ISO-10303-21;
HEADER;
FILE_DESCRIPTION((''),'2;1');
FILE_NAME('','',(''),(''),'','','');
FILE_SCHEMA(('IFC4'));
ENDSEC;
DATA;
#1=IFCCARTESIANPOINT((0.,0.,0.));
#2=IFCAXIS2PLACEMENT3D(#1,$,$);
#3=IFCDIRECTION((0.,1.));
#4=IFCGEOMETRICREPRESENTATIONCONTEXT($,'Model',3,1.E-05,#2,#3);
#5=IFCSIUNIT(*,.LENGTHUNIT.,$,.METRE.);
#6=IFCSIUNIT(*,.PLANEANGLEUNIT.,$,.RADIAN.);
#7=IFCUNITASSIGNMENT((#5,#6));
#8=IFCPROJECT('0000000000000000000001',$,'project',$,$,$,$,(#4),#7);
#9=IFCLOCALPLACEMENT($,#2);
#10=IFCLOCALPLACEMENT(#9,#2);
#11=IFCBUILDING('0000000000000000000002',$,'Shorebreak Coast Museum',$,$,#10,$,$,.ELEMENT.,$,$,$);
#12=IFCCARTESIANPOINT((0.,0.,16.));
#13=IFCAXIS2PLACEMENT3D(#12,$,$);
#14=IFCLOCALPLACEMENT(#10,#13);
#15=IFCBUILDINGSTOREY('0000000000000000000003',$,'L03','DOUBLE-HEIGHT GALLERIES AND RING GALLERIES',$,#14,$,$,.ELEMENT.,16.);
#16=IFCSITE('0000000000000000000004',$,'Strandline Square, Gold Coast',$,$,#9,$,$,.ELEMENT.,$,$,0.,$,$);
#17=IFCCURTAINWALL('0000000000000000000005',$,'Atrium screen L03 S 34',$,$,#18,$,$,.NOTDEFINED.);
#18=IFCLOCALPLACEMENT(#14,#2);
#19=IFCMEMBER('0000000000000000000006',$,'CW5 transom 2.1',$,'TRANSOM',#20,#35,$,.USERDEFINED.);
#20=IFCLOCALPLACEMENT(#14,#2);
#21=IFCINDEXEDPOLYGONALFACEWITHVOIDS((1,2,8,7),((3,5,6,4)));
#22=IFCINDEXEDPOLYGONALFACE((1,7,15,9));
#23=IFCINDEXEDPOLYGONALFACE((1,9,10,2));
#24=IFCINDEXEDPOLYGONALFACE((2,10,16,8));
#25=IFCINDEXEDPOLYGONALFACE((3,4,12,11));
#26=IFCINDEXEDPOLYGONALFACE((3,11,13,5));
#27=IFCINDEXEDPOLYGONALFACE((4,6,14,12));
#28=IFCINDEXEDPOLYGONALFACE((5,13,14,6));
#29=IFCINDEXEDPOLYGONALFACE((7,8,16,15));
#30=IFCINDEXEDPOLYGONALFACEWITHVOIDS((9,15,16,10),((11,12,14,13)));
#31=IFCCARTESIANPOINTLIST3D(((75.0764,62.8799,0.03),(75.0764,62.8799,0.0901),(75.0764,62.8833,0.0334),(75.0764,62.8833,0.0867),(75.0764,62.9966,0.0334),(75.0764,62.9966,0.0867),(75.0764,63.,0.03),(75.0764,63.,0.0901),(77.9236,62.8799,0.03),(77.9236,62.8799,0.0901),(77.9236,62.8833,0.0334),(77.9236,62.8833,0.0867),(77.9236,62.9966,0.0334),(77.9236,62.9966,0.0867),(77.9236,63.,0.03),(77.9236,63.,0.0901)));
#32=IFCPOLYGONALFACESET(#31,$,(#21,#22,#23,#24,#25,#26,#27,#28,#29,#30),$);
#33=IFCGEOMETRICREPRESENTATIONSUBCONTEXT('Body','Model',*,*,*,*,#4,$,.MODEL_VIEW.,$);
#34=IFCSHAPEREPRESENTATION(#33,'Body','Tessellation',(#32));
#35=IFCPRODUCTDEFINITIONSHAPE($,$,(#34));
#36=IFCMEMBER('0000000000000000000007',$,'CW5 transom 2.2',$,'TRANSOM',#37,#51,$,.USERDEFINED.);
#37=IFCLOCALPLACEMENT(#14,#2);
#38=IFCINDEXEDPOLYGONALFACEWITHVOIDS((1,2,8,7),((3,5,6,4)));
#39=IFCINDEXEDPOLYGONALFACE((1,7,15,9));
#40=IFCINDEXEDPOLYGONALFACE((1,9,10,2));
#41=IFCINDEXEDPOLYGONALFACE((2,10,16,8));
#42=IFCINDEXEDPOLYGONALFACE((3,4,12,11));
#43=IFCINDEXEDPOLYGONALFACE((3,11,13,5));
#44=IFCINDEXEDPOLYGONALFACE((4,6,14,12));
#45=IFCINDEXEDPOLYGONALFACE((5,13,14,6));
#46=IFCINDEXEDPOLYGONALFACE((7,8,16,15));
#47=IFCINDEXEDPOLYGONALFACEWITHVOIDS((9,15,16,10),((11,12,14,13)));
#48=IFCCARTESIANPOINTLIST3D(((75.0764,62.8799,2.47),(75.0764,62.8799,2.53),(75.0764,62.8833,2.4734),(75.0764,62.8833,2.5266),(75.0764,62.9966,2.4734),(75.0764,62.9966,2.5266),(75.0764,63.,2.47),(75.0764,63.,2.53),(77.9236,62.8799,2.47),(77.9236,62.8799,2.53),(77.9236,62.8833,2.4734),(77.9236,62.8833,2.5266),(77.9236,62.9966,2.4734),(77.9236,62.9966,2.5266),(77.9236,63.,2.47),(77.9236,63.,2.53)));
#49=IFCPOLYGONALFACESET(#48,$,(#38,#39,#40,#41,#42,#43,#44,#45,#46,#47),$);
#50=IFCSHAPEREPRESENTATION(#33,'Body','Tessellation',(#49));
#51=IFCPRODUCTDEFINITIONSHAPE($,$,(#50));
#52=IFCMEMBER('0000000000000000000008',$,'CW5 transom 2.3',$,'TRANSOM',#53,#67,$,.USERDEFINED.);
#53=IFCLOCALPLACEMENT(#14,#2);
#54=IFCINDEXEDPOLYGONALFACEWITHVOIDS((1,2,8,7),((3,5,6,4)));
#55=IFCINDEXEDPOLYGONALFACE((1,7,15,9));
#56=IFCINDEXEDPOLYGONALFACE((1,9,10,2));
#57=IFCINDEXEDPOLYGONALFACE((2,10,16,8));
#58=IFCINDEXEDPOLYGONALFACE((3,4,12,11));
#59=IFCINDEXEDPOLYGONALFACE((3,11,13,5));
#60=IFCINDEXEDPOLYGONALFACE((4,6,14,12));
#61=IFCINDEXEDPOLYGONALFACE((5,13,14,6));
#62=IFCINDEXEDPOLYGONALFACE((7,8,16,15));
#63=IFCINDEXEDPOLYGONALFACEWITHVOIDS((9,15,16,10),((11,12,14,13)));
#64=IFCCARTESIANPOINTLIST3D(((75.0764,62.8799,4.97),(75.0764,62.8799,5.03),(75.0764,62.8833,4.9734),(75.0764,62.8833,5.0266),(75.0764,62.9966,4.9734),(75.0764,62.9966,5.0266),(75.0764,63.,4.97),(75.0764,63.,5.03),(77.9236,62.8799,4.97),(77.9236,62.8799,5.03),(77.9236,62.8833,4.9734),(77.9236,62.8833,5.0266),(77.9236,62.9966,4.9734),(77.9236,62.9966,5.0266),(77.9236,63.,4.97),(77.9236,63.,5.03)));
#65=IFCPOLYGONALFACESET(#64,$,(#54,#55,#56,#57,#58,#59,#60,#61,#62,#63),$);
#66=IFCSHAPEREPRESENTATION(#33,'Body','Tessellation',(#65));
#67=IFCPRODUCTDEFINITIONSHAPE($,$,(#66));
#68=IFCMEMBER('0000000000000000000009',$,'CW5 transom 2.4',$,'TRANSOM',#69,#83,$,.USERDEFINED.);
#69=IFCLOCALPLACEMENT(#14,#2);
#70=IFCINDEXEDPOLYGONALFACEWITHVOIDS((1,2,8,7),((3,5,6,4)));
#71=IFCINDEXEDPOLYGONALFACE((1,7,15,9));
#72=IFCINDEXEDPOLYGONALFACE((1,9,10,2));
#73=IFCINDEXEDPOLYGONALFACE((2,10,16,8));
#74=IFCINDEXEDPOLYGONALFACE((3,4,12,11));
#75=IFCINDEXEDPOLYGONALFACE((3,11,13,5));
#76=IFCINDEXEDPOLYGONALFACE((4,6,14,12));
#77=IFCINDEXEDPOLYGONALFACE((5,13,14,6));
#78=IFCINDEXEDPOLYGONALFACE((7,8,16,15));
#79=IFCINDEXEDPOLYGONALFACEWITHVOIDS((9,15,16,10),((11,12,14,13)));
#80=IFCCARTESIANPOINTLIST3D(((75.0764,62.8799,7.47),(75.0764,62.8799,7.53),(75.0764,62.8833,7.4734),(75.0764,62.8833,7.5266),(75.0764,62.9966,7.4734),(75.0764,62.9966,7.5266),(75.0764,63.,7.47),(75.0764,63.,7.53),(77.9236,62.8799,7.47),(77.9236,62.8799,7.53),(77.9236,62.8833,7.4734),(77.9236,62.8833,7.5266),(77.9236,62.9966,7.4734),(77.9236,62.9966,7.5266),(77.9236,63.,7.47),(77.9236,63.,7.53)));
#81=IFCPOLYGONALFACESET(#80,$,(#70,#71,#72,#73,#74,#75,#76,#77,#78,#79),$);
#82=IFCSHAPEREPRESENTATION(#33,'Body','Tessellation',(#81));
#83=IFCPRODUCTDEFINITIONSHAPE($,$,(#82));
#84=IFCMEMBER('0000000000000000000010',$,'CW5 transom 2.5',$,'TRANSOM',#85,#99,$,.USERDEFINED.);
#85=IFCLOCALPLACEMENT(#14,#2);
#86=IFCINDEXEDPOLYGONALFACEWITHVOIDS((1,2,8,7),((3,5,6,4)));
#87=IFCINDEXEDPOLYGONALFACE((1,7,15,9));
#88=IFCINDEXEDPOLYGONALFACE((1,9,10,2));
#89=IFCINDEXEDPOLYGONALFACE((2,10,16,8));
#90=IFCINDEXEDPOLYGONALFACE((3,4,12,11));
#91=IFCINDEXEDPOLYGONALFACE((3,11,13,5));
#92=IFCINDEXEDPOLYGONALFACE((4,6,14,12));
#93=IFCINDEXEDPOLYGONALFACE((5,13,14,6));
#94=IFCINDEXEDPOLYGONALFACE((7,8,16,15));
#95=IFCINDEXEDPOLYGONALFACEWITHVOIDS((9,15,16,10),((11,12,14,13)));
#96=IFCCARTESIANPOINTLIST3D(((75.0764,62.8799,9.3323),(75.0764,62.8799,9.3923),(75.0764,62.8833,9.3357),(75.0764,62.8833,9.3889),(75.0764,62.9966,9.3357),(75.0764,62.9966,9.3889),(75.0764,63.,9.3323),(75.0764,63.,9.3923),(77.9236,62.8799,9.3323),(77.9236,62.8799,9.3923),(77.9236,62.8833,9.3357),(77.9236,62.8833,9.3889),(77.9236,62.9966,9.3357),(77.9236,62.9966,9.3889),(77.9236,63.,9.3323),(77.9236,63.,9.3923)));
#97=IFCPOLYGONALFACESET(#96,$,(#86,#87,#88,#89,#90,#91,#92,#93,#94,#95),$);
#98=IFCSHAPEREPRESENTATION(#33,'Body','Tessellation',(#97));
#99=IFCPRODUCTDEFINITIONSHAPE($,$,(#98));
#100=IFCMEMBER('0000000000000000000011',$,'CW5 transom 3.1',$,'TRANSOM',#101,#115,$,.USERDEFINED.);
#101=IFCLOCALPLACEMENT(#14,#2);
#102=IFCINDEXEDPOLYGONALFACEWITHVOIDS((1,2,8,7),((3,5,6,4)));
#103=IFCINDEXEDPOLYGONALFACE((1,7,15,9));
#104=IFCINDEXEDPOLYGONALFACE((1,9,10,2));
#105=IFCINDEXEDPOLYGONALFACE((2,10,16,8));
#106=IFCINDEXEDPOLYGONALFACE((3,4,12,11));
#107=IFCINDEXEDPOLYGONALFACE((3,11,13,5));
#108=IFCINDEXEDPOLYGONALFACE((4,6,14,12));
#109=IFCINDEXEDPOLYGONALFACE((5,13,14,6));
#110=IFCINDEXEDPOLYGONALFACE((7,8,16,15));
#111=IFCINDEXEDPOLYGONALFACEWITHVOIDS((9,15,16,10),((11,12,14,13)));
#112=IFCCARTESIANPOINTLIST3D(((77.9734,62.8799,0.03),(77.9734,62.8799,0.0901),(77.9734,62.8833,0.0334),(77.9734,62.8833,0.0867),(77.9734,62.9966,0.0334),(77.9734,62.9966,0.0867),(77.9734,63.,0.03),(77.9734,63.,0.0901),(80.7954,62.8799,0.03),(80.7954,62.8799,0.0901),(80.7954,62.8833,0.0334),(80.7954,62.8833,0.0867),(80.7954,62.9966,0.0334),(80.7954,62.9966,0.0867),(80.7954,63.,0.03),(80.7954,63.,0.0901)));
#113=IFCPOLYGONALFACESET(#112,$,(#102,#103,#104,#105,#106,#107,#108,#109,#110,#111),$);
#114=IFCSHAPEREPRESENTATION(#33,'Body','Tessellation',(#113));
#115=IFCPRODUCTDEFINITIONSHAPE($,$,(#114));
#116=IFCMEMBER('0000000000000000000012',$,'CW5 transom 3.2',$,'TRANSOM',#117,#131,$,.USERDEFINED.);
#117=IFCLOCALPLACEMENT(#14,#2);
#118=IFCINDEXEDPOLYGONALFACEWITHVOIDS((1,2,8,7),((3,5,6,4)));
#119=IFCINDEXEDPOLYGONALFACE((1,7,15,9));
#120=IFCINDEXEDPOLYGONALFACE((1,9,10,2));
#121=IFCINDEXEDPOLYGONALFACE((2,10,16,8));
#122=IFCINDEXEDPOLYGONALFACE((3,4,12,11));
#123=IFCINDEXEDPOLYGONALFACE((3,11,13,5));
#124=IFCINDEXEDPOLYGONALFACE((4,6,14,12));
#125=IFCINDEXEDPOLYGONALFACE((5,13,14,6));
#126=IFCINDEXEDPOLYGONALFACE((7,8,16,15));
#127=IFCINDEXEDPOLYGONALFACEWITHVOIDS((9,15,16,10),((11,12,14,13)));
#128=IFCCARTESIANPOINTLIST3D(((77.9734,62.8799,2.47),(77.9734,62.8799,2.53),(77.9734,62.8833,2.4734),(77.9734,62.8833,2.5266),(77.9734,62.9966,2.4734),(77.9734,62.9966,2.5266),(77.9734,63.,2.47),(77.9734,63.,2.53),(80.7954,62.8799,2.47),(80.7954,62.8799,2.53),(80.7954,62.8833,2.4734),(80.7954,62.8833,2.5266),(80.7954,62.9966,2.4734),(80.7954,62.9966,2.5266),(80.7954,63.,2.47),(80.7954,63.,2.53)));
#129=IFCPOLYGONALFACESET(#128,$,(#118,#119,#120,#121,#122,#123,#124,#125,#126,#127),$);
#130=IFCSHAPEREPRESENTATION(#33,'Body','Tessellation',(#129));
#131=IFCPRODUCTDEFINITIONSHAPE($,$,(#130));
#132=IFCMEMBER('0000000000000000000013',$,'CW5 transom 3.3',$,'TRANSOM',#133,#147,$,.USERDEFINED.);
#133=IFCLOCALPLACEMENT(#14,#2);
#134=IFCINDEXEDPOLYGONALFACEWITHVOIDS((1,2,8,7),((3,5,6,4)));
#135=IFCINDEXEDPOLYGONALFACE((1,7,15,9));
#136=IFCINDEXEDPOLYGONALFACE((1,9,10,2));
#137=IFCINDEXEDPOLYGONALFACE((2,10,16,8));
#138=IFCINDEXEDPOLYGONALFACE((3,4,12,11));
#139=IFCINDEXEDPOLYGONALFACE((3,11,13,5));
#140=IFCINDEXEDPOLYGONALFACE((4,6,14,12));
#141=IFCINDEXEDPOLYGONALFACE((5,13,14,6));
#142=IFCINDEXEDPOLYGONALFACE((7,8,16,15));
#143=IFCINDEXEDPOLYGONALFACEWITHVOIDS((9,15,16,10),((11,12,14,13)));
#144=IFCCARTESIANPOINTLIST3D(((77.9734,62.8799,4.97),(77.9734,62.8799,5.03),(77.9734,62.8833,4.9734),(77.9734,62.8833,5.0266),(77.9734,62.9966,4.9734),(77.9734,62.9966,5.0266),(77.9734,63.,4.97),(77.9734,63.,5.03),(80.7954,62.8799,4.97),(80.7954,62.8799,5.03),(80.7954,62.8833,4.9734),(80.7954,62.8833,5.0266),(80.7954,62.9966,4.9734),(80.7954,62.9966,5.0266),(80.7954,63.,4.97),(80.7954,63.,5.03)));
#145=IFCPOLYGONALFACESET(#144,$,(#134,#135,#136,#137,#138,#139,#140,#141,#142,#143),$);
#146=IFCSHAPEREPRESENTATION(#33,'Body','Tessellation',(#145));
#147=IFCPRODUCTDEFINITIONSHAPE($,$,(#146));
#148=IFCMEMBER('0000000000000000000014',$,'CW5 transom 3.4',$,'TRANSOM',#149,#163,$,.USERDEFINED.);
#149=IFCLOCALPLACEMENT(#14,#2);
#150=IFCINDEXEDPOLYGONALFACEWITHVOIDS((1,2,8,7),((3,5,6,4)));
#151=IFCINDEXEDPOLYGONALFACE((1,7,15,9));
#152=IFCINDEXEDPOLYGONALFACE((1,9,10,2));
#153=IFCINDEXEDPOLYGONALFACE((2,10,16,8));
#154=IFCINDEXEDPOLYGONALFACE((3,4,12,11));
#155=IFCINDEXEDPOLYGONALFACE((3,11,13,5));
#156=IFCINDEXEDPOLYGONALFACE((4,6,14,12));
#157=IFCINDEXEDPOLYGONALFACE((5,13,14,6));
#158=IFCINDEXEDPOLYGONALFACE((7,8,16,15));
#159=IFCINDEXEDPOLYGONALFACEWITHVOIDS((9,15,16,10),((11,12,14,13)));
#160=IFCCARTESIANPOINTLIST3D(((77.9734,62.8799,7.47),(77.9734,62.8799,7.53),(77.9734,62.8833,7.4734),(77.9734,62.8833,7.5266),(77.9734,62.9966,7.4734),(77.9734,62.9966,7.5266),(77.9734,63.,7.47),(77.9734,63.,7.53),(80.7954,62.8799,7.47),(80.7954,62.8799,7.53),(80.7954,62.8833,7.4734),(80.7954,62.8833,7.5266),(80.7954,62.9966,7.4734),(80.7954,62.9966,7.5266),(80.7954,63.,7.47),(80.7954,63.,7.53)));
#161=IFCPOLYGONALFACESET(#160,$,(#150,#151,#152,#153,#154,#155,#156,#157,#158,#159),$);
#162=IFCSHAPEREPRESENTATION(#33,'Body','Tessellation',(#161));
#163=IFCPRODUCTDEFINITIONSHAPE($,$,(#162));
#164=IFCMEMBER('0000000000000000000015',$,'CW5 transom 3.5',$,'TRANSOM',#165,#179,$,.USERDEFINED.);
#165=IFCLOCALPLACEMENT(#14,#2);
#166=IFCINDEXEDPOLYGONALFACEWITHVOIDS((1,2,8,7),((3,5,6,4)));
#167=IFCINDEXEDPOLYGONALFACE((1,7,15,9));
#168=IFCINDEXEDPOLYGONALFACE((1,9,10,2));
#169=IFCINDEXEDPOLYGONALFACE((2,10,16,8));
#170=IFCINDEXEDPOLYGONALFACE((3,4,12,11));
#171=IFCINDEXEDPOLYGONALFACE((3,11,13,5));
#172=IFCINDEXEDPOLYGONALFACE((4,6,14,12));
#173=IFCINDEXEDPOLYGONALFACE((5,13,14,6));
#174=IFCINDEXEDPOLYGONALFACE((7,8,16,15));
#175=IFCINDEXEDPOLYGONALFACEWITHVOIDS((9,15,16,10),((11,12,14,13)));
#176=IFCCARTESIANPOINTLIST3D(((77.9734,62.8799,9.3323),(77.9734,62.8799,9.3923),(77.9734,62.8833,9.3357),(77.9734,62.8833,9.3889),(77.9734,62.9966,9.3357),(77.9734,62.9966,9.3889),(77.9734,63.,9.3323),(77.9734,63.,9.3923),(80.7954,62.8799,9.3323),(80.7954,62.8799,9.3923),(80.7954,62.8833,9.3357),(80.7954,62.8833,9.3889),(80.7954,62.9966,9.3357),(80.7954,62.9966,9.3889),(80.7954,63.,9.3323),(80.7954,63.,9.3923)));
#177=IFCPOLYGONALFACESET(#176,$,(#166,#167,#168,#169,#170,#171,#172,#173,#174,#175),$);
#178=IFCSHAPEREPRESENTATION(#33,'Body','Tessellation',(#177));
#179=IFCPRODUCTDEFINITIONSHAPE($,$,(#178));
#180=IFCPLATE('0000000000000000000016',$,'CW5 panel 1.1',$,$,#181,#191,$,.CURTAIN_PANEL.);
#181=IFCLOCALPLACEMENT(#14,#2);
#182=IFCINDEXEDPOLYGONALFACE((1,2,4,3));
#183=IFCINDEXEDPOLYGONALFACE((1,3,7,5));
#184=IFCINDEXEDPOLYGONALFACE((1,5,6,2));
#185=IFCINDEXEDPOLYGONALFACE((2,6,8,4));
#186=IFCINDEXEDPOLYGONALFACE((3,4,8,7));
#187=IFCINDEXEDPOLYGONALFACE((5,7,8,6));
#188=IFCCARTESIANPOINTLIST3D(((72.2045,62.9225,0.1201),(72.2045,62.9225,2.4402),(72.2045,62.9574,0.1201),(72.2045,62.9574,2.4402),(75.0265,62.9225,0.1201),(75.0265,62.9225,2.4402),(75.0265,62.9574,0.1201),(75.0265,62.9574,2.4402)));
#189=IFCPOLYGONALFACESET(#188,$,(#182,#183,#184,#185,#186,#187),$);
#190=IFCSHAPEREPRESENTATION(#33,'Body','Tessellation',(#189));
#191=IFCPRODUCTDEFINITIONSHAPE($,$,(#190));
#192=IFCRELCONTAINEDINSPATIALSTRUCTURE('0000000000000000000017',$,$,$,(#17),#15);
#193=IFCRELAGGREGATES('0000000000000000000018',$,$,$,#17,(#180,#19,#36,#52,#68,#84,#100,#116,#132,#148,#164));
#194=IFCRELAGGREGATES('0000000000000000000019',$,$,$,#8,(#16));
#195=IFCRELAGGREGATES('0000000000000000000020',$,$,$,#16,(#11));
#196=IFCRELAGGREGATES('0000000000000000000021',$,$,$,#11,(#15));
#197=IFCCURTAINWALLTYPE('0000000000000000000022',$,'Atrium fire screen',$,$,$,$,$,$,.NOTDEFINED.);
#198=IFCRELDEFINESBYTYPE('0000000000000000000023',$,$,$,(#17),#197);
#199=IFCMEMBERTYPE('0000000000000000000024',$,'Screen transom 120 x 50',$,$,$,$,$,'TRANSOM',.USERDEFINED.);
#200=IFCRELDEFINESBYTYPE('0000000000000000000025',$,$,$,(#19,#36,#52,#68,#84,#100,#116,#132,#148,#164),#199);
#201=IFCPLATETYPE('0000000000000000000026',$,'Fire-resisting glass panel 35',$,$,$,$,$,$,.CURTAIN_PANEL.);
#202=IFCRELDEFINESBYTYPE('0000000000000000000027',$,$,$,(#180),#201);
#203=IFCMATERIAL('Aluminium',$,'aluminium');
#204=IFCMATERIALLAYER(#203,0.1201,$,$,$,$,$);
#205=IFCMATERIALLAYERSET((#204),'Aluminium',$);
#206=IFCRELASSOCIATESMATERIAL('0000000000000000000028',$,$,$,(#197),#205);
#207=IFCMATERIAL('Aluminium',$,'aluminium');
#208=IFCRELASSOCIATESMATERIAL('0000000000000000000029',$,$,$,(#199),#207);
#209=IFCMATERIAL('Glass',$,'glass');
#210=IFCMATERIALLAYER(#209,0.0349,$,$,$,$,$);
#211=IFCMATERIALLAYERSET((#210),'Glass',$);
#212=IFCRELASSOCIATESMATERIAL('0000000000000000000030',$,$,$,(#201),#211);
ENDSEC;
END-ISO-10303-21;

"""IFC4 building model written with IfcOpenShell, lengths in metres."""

from ifc_helpers import new_model, si_unit, direction, frame, origin, origin_2d, place, context, subcontext, project, spatial, rectangle, hollow_rectangle, extrude, material, layer, layer_set, material_profile, profile_set, type_object, element, aggregate, save


model = new_model("IFC4")

# Units and contexts
model_context = context("Model", 3, precision=1e-05, world=origin(), true_north=direction((0.0, 1.0)))
body_context = subcontext(model_context, "Body", "Model", "MODEL_VIEW")
ifc_project = project(units=[si_unit("LENGTHUNIT", "METRE"), si_unit("PLANEANGLEUNIT", "RADIAN")], contexts=[model_context])

# Site, building, storey
site_placement = place(None, origin())
site = spatial("IfcSite", under=ifc_project, at=site_placement, Name="Strandline Square, Gold Coast", CompositionType="ELEMENT", RefElevation=0.0)
building_placement = place(site_placement, origin())
building = spatial("IfcBuilding", under=site, at=building_placement, Name="Shorebreak Coast Museum", CompositionType="ELEMENT")
storey_placement = place(building_placement, frame((0.0, 0.0, 16.0)))
storey = spatial("IfcBuildingStorey", under=building, at=storey_placement, Name="L03", Description="DOUBLE-HEIGHT GALLERIES AND RING GALLERIES", CompositionType="ELEMENT", Elevation=16.0)

# Curtain wall, members, plate
ifc_material_1 = material(Name="Aluminium", Category="aluminium")
ifc_layer_1 = layer(ifc_material_1, 0.1201)
ifc_layer_set_1 = layer_set([ifc_layer_1], Name="Aluminium")
curtain_wall_type = type_object("IfcCurtainWallType", Name="Atrium fire screen", PredefinedType="NOTDEFINED", material=ifc_layer_set_1)
curtain_wall_placement = place(storey_placement, origin())
curtain_wall = element("IfcCurtainWall", 1, at=curtain_wall_placement, inside=storey, type_object=curtain_wall_type, Name="Atrium screen L03 S 34", PredefinedType="NOTDEFINED")
ifc_material_2 = material(Name="Aluminium", Category="aluminium")
ifc_material_profile_1 = material_profile(ifc_material_2, hollow_rectangle(XDim=0.1201, YDim=0.0601, WallThickness=0.0034, at=origin_2d()), Name="AL 60x120 RHS")
ifc_profile_set_1 = profile_set([ifc_material_profile_1], Name="Aluminium")
member_type_1 = type_object("IfcMemberType", Name="Screen transom 120 x 50", ElementType="TRANSOM", PredefinedType="USERDEFINED", material=ifc_profile_set_1)
member_1_placement = place(storey_placement, frame((75.0764, 62.9399, 0.0601), z_axis=(1.0, 0.0, 0.0), x_axis=(0.0, 1.0, 0.0)))
member_1 = element("IfcMember", 2, at=member_1_placement, type_object=member_type_1, Name="CW5 transom 2.1", ObjectType="TRANSOM", PredefinedType="USERDEFINED", context=body_context, shape_type="SweptSolid", body=[
    extrude(hollow_rectangle(XDim=0.1201, YDim=0.0601, WallThickness=0.0034, at=origin_2d()), origin(), (0.0, 0.0, 1.0), 2.8472),
])
member_2_placement = place(storey_placement, frame((75.0764, 62.9399, 2.5), z_axis=(1.0, 0.0, 0.0), x_axis=(0.0, 1.0, 0.0)))
member_2 = element("IfcMember", 3, at=member_2_placement, type_object=member_type_1, Name="CW5 transom 2.2", ObjectType="TRANSOM", PredefinedType="USERDEFINED", context=body_context, shape_type="SweptSolid", body=[
    extrude(hollow_rectangle(XDim=0.1201, YDim=0.0601, WallThickness=0.0034, at=origin_2d()), origin(), (0.0, 0.0, 1.0), 2.8472),
])
member_3_placement = place(storey_placement, frame((75.0764, 62.9399, 5.0), z_axis=(1.0, 0.0, 0.0), x_axis=(0.0, 1.0, 0.0)))
member_3 = element("IfcMember", 4, at=member_3_placement, type_object=member_type_1, Name="CW5 transom 2.3", ObjectType="TRANSOM", PredefinedType="USERDEFINED", context=body_context, shape_type="SweptSolid", body=[
    extrude(hollow_rectangle(XDim=0.1201, YDim=0.0601, WallThickness=0.0034, at=origin_2d()), origin(), (0.0, 0.0, 1.0), 2.8472),
])
member_4_placement = place(storey_placement, frame((75.0764, 62.9399, 7.5), z_axis=(1.0, 0.0, 0.0), x_axis=(0.0, 1.0, 0.0)))
member_4 = element("IfcMember", 5, at=member_4_placement, type_object=member_type_1, Name="CW5 transom 2.4", ObjectType="TRANSOM", PredefinedType="USERDEFINED", context=body_context, shape_type="SweptSolid", body=[
    extrude(hollow_rectangle(XDim=0.1201, YDim=0.0601, WallThickness=0.0034, at=origin_2d()), origin(), (0.0, 0.0, 1.0), 2.8472),
])
member_5_placement = place(storey_placement, frame((75.0764, 62.9399, 9.3623), z_axis=(1.0, 0.0, 0.0), x_axis=(0.0, 1.0, 0.0)))
member_5 = element("IfcMember", 6, at=member_5_placement, type_object=member_type_1, Name="CW5 transom 2.5", ObjectType="TRANSOM", PredefinedType="USERDEFINED", context=body_context, shape_type="SweptSolid", body=[
    extrude(hollow_rectangle(XDim=0.1201, YDim=0.0601, WallThickness=0.0034, at=origin_2d()), origin(), (0.0, 0.0, 1.0), 2.8472),
])
member_6_placement = place(storey_placement, frame((77.9734, 62.9399, 0.0601), z_axis=(1.0, 0.0, 0.0), x_axis=(0.0, 1.0, 0.0)))
member_6 = element("IfcMember", 7, at=member_6_placement, type_object=member_type_1, Name="CW5 transom 3.1", ObjectType="TRANSOM", PredefinedType="USERDEFINED", context=body_context, shape_type="SweptSolid", body=[
    extrude(hollow_rectangle(XDim=0.1201, YDim=0.0601, WallThickness=0.0034, at=origin_2d()), origin(), (0.0, 0.0, 1.0), 2.822),
])
member_7_placement = place(storey_placement, frame((77.9734, 62.9399, 2.5), z_axis=(1.0, 0.0, 0.0), x_axis=(0.0, 1.0, 0.0)))
member_7 = element("IfcMember", 8, at=member_7_placement, type_object=member_type_1, Name="CW5 transom 3.2", ObjectType="TRANSOM", PredefinedType="USERDEFINED", context=body_context, shape_type="SweptSolid", body=[
    extrude(hollow_rectangle(XDim=0.1201, YDim=0.0601, WallThickness=0.0034, at=origin_2d()), origin(), (0.0, 0.0, 1.0), 2.822),
])
member_8_placement = place(storey_placement, frame((77.9734, 62.9399, 5.0), z_axis=(1.0, 0.0, 0.0), x_axis=(0.0, 1.0, 0.0)))
member_8 = element("IfcMember", 9, at=member_8_placement, type_object=member_type_1, Name="CW5 transom 3.3", ObjectType="TRANSOM", PredefinedType="USERDEFINED", context=body_context, shape_type="SweptSolid", body=[
    extrude(hollow_rectangle(XDim=0.1201, YDim=0.0601, WallThickness=0.0034, at=origin_2d()), origin(), (0.0, 0.0, 1.0), 2.822),
])
member_9_placement = place(storey_placement, frame((77.9734, 62.9399, 7.5), z_axis=(1.0, 0.0, 0.0), x_axis=(0.0, 1.0, 0.0)))
member_9 = element("IfcMember", 10, at=member_9_placement, type_object=member_type_1, Name="CW5 transom 3.4", ObjectType="TRANSOM", PredefinedType="USERDEFINED", context=body_context, shape_type="SweptSolid", body=[
    extrude(hollow_rectangle(XDim=0.1201, YDim=0.0601, WallThickness=0.0034, at=origin_2d()), origin(), (0.0, 0.0, 1.0), 2.822),
])
member_10_placement = place(storey_placement, frame((77.9734, 62.9399, 9.3623), z_axis=(1.0, 0.0, 0.0), x_axis=(0.0, 1.0, 0.0)))
member_10 = element("IfcMember", 11, at=member_10_placement, type_object=member_type_1, Name="CW5 transom 3.5", ObjectType="TRANSOM", PredefinedType="USERDEFINED", context=body_context, shape_type="SweptSolid", body=[
    extrude(hollow_rectangle(XDim=0.1201, YDim=0.0601, WallThickness=0.0034, at=origin_2d()), origin(), (0.0, 0.0, 1.0), 2.822),
])
ifc_material_3 = material(Name="Glass", Category="glass")
ifc_layer_2 = layer(ifc_material_3, 0.0349)
ifc_layer_set_2 = layer_set([ifc_layer_2], Name="Glass")
plate_type = type_object("IfcPlateType", Name="Fire-resisting glass panel 35", PredefinedType="CURTAIN_PANEL", material=ifc_layer_set_2)
plate_1_placement = place(storey_placement, frame((73.6155, 62.9399, 0.1201), z_axis=(0.0, 0.0, 1.0), x_axis=(1.0, 0.0, 0.0)))
plate_1 = element("IfcPlate", 12, at=plate_1_placement, type_object=plate_type, Name="CW5 panel 1.1", PredefinedType="CURTAIN_PANEL", context=body_context, shape_type="SweptSolid", body=[
    extrude(rectangle(XDim=2.822, YDim=0.0349, at=origin_2d()), origin(), (0.0, 0.0, 1.0), 2.3201),
])
aggregate(curtain_wall, [plate_1, member_1, member_2, member_3, member_4, member_5, member_6, member_7, member_8, member_9, member_10])

save(model, "model.ifc")
